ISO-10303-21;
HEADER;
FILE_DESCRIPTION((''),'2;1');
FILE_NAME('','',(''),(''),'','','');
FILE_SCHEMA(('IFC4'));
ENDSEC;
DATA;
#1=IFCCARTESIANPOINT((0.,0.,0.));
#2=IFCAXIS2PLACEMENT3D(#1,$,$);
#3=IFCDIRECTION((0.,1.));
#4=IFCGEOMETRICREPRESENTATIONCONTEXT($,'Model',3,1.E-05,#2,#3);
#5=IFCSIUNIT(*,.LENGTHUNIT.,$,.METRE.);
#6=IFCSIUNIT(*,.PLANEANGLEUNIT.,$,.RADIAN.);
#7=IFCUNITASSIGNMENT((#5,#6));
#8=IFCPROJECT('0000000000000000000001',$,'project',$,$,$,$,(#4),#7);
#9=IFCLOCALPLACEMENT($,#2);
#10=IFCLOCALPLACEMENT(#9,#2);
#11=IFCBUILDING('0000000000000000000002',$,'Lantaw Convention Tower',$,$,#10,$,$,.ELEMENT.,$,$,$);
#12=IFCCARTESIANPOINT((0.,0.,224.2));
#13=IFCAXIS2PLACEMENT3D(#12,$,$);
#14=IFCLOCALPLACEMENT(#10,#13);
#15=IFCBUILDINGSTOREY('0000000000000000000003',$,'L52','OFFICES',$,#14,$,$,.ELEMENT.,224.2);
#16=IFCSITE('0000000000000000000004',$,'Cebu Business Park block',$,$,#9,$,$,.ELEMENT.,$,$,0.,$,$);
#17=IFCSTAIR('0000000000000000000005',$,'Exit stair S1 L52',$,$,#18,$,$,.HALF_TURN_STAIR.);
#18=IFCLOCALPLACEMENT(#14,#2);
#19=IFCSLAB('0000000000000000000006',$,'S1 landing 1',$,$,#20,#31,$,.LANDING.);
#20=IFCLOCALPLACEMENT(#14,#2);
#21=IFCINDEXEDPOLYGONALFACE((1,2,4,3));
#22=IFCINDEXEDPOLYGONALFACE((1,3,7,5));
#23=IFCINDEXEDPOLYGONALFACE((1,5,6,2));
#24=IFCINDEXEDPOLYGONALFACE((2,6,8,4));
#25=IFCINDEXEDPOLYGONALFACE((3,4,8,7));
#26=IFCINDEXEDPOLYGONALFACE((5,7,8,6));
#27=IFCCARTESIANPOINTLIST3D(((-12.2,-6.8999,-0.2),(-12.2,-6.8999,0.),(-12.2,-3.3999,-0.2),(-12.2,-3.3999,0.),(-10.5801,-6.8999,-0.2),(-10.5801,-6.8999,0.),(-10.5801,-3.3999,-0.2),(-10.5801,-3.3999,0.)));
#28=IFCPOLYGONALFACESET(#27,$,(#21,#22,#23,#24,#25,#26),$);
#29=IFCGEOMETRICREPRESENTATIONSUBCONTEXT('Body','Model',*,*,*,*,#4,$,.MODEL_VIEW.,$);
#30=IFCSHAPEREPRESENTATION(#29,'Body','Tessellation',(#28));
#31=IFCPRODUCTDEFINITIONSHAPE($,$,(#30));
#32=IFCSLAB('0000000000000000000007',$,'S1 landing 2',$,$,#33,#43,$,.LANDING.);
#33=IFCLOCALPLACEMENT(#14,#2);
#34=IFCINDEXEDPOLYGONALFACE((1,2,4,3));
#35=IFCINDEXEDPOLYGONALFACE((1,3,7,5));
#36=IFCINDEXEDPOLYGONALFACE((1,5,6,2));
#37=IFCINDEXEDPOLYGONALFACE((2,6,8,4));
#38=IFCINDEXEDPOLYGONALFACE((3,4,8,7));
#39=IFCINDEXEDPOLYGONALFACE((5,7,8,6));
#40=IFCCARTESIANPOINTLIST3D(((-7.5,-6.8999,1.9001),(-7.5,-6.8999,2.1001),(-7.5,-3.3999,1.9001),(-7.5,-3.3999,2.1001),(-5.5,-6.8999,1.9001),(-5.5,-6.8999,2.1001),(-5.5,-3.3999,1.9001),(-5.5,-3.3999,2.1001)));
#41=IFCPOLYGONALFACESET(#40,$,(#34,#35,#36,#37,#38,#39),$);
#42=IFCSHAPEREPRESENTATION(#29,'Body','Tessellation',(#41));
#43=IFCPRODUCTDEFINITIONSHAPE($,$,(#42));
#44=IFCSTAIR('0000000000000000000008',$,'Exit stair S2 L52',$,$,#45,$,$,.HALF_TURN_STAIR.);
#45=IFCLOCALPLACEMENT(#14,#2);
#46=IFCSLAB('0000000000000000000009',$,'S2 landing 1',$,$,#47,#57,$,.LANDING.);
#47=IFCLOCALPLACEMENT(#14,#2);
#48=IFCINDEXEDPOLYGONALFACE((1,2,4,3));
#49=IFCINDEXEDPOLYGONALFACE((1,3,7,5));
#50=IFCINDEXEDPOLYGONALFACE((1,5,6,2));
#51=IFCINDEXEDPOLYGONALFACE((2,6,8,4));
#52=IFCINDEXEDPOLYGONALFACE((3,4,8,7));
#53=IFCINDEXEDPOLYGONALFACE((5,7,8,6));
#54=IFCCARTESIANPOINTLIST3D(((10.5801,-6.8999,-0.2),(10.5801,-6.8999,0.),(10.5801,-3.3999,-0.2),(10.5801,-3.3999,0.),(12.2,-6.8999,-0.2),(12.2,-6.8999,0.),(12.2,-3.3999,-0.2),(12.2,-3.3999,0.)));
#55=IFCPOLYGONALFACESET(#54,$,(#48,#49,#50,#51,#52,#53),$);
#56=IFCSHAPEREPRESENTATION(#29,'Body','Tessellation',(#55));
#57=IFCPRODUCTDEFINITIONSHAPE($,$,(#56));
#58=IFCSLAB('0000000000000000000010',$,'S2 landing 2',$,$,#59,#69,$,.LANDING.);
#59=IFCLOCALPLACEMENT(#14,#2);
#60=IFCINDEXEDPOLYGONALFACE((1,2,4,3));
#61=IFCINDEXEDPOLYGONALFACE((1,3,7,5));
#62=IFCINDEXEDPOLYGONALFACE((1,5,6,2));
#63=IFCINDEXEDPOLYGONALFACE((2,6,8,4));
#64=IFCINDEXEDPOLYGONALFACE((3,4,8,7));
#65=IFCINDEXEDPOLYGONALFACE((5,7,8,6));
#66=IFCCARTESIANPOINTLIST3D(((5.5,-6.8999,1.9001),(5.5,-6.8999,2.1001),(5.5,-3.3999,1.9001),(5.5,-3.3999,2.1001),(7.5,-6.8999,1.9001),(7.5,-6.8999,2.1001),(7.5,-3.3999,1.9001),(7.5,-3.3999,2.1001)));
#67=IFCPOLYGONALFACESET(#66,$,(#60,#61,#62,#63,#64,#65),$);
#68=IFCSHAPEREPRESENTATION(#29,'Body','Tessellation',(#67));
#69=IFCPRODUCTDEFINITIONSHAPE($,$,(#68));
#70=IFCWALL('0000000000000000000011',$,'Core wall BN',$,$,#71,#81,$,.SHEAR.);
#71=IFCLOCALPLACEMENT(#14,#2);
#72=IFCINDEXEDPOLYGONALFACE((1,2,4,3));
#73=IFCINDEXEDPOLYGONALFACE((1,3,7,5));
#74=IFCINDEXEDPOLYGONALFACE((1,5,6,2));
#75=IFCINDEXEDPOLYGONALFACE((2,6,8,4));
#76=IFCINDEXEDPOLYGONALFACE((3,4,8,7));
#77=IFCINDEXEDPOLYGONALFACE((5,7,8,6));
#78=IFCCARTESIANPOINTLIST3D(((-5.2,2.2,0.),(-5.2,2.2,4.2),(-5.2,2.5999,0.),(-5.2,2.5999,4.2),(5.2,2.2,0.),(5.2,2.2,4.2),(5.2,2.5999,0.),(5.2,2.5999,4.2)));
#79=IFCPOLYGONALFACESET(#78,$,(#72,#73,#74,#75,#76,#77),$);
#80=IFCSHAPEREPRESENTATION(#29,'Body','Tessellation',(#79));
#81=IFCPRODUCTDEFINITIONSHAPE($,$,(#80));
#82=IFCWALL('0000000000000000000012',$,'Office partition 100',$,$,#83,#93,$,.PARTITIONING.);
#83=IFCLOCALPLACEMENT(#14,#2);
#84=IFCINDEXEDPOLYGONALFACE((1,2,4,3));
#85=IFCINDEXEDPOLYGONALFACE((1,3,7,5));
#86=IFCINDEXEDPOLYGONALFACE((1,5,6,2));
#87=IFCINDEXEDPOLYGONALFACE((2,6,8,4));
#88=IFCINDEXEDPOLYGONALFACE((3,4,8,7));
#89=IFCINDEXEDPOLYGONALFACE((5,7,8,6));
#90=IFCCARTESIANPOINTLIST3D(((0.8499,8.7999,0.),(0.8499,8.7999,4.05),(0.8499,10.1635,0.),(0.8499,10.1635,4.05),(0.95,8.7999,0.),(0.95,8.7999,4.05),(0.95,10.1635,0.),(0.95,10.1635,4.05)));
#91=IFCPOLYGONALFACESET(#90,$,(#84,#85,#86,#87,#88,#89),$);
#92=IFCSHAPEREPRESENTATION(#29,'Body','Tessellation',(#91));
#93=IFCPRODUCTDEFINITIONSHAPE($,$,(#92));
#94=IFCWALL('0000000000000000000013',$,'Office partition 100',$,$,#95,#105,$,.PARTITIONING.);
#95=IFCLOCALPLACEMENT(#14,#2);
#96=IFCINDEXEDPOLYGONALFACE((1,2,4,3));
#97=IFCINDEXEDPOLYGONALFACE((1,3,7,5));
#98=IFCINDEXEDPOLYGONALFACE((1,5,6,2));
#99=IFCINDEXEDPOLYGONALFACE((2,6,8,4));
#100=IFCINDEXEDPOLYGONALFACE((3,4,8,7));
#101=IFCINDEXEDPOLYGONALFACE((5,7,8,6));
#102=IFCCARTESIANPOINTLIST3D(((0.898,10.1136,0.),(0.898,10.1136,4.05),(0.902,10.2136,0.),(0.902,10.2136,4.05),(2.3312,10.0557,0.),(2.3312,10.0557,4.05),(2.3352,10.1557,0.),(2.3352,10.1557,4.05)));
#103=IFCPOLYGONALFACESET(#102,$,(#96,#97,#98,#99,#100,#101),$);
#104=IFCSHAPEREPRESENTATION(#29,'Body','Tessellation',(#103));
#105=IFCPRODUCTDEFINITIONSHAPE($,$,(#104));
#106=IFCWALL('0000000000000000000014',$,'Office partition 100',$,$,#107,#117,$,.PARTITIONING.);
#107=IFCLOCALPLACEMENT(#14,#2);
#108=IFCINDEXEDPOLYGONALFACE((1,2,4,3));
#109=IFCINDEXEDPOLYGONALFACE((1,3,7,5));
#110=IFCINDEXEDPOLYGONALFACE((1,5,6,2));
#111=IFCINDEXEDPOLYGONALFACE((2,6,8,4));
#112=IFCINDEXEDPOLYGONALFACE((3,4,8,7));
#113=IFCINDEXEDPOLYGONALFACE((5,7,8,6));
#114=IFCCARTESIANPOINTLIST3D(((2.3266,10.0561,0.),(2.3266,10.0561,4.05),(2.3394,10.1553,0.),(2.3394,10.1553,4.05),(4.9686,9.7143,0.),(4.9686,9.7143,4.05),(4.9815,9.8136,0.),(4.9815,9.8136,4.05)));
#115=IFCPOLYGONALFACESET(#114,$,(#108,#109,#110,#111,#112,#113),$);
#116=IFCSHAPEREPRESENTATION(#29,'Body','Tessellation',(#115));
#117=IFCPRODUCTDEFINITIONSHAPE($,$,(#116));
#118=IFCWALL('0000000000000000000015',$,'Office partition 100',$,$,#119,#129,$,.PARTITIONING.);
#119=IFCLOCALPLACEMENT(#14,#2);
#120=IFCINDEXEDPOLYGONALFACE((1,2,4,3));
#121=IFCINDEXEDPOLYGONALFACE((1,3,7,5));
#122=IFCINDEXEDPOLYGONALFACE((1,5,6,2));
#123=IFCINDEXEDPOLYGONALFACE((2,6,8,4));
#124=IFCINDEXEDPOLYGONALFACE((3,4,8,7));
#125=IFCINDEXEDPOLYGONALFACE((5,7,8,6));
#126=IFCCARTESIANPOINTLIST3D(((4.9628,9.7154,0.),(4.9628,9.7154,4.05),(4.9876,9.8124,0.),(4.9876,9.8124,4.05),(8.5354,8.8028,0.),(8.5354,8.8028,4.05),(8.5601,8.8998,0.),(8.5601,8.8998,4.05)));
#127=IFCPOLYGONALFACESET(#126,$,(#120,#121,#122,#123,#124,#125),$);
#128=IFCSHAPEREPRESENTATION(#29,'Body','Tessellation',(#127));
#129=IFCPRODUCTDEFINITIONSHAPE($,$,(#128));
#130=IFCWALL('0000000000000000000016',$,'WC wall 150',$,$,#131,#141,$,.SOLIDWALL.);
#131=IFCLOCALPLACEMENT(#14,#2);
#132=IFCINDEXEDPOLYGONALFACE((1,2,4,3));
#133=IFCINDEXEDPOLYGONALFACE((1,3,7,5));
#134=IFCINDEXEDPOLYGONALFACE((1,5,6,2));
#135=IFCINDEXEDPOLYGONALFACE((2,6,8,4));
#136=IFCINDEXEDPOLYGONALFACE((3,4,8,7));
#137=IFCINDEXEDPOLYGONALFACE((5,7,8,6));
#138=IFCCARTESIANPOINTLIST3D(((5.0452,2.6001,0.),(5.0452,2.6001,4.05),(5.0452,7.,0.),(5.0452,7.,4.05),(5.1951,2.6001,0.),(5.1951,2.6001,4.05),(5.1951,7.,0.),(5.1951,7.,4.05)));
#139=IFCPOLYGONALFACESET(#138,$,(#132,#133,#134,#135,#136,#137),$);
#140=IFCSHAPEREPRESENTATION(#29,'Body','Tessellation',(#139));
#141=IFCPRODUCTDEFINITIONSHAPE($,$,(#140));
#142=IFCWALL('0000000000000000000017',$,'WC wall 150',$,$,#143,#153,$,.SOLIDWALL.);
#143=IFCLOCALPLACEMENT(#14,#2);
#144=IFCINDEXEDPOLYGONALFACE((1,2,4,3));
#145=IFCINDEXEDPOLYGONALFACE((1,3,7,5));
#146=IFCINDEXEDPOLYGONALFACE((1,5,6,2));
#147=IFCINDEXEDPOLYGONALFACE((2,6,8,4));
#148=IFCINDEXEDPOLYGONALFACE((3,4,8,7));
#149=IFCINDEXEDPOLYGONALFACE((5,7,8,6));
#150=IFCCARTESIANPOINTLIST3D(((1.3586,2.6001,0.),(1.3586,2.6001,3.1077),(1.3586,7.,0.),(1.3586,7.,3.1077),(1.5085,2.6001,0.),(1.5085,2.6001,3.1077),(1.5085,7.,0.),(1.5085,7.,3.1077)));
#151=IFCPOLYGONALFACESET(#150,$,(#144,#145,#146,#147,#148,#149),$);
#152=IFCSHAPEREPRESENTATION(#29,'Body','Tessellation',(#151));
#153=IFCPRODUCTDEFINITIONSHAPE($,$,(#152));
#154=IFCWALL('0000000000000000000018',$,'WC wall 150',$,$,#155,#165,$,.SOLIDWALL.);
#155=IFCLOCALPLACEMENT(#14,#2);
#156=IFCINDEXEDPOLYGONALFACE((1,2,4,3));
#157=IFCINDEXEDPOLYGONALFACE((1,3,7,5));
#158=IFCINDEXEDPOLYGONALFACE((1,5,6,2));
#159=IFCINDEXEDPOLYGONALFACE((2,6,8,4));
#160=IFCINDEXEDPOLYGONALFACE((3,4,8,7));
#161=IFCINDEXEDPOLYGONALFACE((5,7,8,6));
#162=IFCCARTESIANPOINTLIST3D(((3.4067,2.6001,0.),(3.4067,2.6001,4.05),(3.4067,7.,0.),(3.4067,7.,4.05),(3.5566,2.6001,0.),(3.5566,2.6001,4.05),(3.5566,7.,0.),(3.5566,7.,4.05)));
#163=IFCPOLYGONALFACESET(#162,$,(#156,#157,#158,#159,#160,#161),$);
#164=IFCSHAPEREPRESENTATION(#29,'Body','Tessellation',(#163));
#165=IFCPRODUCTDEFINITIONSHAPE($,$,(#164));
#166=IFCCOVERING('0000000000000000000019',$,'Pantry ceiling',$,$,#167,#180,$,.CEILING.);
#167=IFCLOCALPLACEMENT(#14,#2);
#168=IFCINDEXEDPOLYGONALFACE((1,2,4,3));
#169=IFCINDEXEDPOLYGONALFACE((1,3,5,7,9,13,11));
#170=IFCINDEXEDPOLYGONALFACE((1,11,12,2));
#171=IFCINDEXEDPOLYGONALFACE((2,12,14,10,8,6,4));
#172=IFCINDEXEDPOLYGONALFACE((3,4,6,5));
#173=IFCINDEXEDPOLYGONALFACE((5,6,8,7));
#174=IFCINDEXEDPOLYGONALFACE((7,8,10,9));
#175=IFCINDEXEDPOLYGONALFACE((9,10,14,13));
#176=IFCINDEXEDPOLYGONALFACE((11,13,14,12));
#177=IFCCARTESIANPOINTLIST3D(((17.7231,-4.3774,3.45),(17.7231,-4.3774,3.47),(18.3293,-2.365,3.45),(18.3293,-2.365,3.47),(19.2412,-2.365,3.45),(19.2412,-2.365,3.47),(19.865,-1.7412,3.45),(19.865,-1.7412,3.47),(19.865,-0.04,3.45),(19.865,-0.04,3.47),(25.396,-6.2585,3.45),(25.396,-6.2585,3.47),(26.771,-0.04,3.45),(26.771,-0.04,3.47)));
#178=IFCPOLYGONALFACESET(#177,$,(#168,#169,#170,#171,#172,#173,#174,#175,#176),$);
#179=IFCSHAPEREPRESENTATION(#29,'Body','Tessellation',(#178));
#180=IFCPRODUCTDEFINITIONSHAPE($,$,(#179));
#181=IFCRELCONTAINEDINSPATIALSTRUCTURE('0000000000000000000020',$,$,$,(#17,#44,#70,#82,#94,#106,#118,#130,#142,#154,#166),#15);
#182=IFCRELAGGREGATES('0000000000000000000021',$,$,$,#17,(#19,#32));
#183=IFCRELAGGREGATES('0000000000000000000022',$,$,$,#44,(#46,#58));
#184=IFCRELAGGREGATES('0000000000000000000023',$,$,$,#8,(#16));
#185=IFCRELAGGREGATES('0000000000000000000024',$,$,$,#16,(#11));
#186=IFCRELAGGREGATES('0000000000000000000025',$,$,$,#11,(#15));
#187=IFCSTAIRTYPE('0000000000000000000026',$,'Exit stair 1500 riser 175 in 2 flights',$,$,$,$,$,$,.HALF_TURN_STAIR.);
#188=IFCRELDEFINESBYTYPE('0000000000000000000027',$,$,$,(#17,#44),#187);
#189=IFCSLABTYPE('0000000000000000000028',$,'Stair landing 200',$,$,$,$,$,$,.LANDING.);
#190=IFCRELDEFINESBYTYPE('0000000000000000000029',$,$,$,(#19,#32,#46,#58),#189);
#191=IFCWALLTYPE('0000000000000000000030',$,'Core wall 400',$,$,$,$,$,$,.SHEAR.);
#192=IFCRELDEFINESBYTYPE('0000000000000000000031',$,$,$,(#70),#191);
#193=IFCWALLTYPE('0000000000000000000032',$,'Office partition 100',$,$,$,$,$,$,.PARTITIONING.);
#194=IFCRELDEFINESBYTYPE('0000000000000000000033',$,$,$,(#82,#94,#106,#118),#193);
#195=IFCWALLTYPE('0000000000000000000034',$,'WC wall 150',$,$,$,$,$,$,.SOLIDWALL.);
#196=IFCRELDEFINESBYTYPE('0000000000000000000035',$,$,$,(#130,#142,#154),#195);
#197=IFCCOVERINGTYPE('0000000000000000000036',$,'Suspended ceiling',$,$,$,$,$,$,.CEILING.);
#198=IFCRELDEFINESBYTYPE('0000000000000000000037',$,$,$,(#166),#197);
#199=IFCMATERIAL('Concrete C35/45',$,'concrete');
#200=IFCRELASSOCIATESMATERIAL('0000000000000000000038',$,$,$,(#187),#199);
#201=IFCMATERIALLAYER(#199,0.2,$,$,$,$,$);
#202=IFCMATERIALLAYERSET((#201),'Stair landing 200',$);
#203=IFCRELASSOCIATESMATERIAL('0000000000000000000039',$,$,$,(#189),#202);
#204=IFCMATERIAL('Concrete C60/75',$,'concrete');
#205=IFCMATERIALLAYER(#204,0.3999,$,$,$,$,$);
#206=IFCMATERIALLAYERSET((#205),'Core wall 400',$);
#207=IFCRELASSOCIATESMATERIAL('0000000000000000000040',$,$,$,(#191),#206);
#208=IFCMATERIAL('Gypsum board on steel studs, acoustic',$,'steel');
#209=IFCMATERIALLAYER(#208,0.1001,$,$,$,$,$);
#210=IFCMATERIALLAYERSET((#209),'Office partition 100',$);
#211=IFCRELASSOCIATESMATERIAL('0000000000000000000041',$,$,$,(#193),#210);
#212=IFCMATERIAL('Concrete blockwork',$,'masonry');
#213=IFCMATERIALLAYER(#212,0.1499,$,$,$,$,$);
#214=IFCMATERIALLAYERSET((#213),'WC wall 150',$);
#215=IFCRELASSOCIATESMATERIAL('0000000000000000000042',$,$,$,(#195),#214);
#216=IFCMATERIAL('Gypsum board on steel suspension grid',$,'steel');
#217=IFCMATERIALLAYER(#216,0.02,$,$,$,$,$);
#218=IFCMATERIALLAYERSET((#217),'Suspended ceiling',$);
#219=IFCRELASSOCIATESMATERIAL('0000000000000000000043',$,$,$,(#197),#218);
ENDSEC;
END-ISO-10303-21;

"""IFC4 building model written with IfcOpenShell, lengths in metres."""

from ifc_helpers import new_model, si_unit, direction, frame, frame_2d, origin, place, context, subcontext, project, spatial, polyline, rectangle, outline, extrude, material, layer, layer_set, type_object, element, aggregate, save


model = new_model("IFC4")

# Units and contexts
model_context = context("Model", 3, precision=1e-05, world=origin(), true_north=direction((0.0, 1.0)))
body_context = subcontext(model_context, "Body", "Model", "MODEL_VIEW")
ifc_project = project(units=[si_unit("LENGTHUNIT", "METRE"), si_unit("PLANEANGLEUNIT", "RADIAN")], contexts=[model_context])

# Site, building, storey
site_placement = place(None, origin())
site = spatial("IfcSite", under=ifc_project, at=site_placement, Name="Cebu Business Park block", CompositionType="ELEMENT", RefElevation=0.0)
building_placement = place(site_placement, origin())
building = spatial("IfcBuilding", under=site, at=building_placement, Name="Lantaw Convention Tower", CompositionType="ELEMENT")
storey_placement = place(building_placement, frame((0.0, 0.0, 224.2)))
storey = spatial("IfcBuildingStorey", under=building, at=storey_placement, Name="L52", Description="OFFICES", CompositionType="ELEMENT", Elevation=224.2)

# Stairs, slabs
ifc_material_1 = material(Name="Concrete C35/45", Category="concrete")
stair_type = type_object("IfcStairType", Name="Exit stair 1500 riser 175 in 2 flights", PredefinedType="HALF_TURN_STAIR", material=ifc_material_1)
stair_1_placement = place(storey_placement, origin())
stair_1 = element("IfcStair", 1, at=stair_1_placement, inside=storey, type_object=stair_type, Name="Exit stair S1 L52", PredefinedType="HALF_TURN_STAIR")
ifc_layer_1 = layer(ifc_material_1, 0.2)
ifc_layer_set_1 = layer_set([ifc_layer_1], Name="Stair landing 200")
slab_type = type_object("IfcSlabType", Name="Stair landing 200", PredefinedType="LANDING", material=ifc_layer_set_1)
slab_1_placement = place(storey_placement, frame((0.0, 0.0, -0.2)))
slab_1 = element("IfcSlab", 2, at=slab_1_placement, type_object=slab_type, Name="S1 landing 1", PredefinedType="LANDING", context=body_context, shape_type="SweptSolid", body=[
    extrude(outline(polyline([(-12.2, -6.8999), (-10.5801, -6.8999), (-10.5801, -3.3999), (-12.2, -3.3999), (-12.2, -6.8999)])), origin(), (0.0, 0.0, 1.0), 0.2),
])
slab_2_placement = place(storey_placement, frame((0.0, 0.0, 1.9001)))
slab_2 = element("IfcSlab", 3, at=slab_2_placement, type_object=slab_type, Name="S1 landing 2", PredefinedType="LANDING", context=body_context, shape_type="SweptSolid", body=[
    extrude(outline(polyline([(-7.5, -6.8999), (-5.5, -6.8999), (-5.5, -3.3999), (-7.5, -3.3999), (-7.5, -6.8999)])), origin(), (0.0, 0.0, 1.0), 0.2),
])
aggregate(stair_1, [slab_1, slab_2])
stair_2_placement = place(storey_placement, origin())
stair_2 = element("IfcStair", 4, at=stair_2_placement, inside=storey, type_object=stair_type, Name="Exit stair S2 L52", PredefinedType="HALF_TURN_STAIR")
slab_3_placement = place(storey_placement, frame((0.0, 0.0, -0.2)))
slab_3 = element("IfcSlab", 5, at=slab_3_placement, type_object=slab_type, Name="S2 landing 1", PredefinedType="LANDING", context=body_context, shape_type="SweptSolid", body=[
    extrude(outline(polyline([(10.5801, -6.8999), (12.2, -6.8999), (12.2, -3.3999), (10.5801, -3.3999), (10.5801, -6.8999)])), origin(), (0.0, 0.0, 1.0), 0.2),
])
slab_4_placement = place(storey_placement, frame((0.0, 0.0, 1.9001)))
slab_4 = element("IfcSlab", 6, at=slab_4_placement, type_object=slab_type, Name="S2 landing 2", PredefinedType="LANDING", context=body_context, shape_type="SweptSolid", body=[
    extrude(outline(polyline([(5.5, -6.8999), (7.5, -6.8999), (7.5, -3.3999), (5.5, -3.3999), (5.5, -6.8999)])), origin(), (0.0, 0.0, 1.0), 0.2),
])
aggregate(stair_2, [slab_3, slab_4])

# Walls
ifc_material_2 = material(Name="Concrete C60/75", Category="concrete")
ifc_layer_2 = layer(ifc_material_2, 0.3999)
ifc_layer_set_2 = layer_set([ifc_layer_2], Name="Core wall 400")
wall_type_1 = type_object("IfcWallType", Name="Core wall 400", PredefinedType="SHEAR", material=ifc_layer_set_2)
wall_1_placement = place(storey_placement, frame((5.2, 2.3999, 0.0), z_axis=(0.0, 0.0, 1.0), x_axis=(-1.0, 0.0, 0.0)))
element("IfcWall", 7, at=wall_1_placement, inside=storey, type_object=wall_type_1, Name="Core wall BN", PredefinedType="SHEAR", context=body_context, shape_type="SweptSolid", body=[
    extrude(rectangle(XDim=10.3999, YDim=0.3999, at=frame_2d((5.2, 0.0))), origin(), (0.0, 0.0, 1.0), 4.2),
])
ifc_material_3 = material(Name="Gypsum board on steel studs, acoustic", Category="steel")
ifc_layer_3 = layer(ifc_material_3, 0.1001)
ifc_layer_set_3 = layer_set([ifc_layer_3], Name="Office partition 100")
wall_type_2 = type_object("IfcWallType", Name="Office partition 100", PredefinedType="PARTITIONING", material=ifc_layer_set_3)
wall_2_placement = place(storey_placement, frame((0.8999, 8.8, 0.0), z_axis=(0.0, 0.0, 1.0), x_axis=(0.0, 1.0, 0.0)))
element("IfcWall", 8, at=wall_2_placement, inside=storey, type_object=wall_type_2, Name="Office partition 100", PredefinedType="PARTITIONING", context=body_context, shape_type="SweptSolid", body=[
    extrude(rectangle(XDim=1.3635, YDim=0.1001, at=frame_2d((0.6816, 0.0))), origin(), (0.0, 0.0, 1.0), 4.05),
])
wall_3_placement = place(storey_placement, frame((0.8999, 10.1636, 0.0), z_axis=(0.0, 0.0, 1.0), x_axis=(0.999186, -0.040342, 0.0)))
element("IfcWall", 9, at=wall_3_placement, inside=storey, type_object=wall_type_2, Name="Office partition 100", PredefinedType="PARTITIONING", context=body_context, shape_type="SweptSolid", body=[
    extrude(rectangle(XDim=1.4343, YDim=0.1001, at=frame_2d((0.7173, 0.0))), origin(), (0.0, 0.0, 1.0), 4.05),
])
wall_4_placement = place(storey_placement, frame((2.333, 10.1057, 0.0), z_axis=(0.0, 0.0, 1.0), x_axis=(0.991736, -0.128297, 0.0)))
element("IfcWall", 10, at=wall_4_placement, inside=storey, type_object=wall_type_2, Name="Office partition 100", PredefinedType="PARTITIONING", context=body_context, shape_type="SweptSolid", body=[
    extrude(rectangle(XDim=2.6641, YDim=0.1001, at=frame_2d((1.332, 0.0))), origin(), (0.0, 0.0, 1.0), 4.05),
])
wall_5_placement = place(storey_placement, frame((4.9751, 9.7639, 0.0), z_axis=(0.0, 0.0, 1.0), x_axis=(0.968887, -0.247502, 0.0)))
element("IfcWall", 11, at=wall_5_placement, inside=storey, type_object=wall_type_2, Name="Office partition 100", PredefinedType="PARTITIONING", context=body_context, shape_type="SweptSolid", body=[
    extrude(rectangle(XDim=3.6873, YDim=0.1001, at=frame_2d((1.8438, 0.0))), origin(), (0.0, 0.0, 1.0), 4.05),
])
ifc_material_4 = material(Name="Concrete blockwork", Category="masonry")
ifc_layer_4 = layer(ifc_material_4, 0.1499)
ifc_layer_set_4 = layer_set([ifc_layer_4], Name="WC wall 150")
wall_type_3 = type_object("IfcWallType", Name="WC wall 150", PredefinedType="SOLIDWALL", material=ifc_layer_set_4)
wall_6_placement = place(storey_placement, frame((5.1201, 2.6001, 0.0), z_axis=(0.0, 0.0, 1.0), x_axis=(0.0, 1.0, 0.0)))
element("IfcWall", 12, at=wall_6_placement, inside=storey, type_object=wall_type_3, Name="WC wall 150", PredefinedType="SOLIDWALL", context=body_context, shape_type="SweptSolid", body=[
    extrude(rectangle(XDim=4.3999, YDim=0.1499, at=frame_2d((2.2, 0.0))), origin(), (0.0, 0.0, 1.0), 4.05),
])
wall_7_placement = place(storey_placement, frame((1.4336, 2.6001, 0.0), z_axis=(0.0, 0.0, 1.0), x_axis=(0.0, 1.0, 0.0)))
element("IfcWall", 13, at=wall_7_placement, inside=storey, type_object=wall_type_3, Name="WC wall 150", PredefinedType="SOLIDWALL", context=body_context, shape_type="SweptSolid", body=[
    extrude(rectangle(XDim=4.3999, YDim=0.1499, at=frame_2d((2.2, 0.0))), origin(), (0.0, 0.0, 1.0), 3.1077),
])
wall_8_placement = place(storey_placement, frame((3.4817, 2.6001, 0.0), z_axis=(0.0, 0.0, 1.0), x_axis=(0.0, 1.0, 0.0)))
element("IfcWall", 14, at=wall_8_placement, inside=storey, type_object=wall_type_3, Name="WC wall 150", PredefinedType="SOLIDWALL", context=body_context, shape_type="SweptSolid", body=[
    extrude(rectangle(XDim=4.3999, YDim=0.1499, at=frame_2d((2.2, 0.0))), origin(), (0.0, 0.0, 1.0), 4.05),
])

# Covering
ifc_material_5 = material(Name="Gypsum board on steel suspension grid", Category="steel")
ifc_layer_5 = layer(ifc_material_5, 0.02)
ifc_layer_set_5 = layer_set([ifc_layer_5], Name="Suspended ceiling")
covering_type = type_object("IfcCoveringType", Name="Suspended ceiling", PredefinedType="CEILING", material=ifc_layer_set_5)
covering_placement = place(storey_placement, frame((0.0, 0.0, 3.45)))
element("IfcCovering", 15, at=covering_placement, inside=storey, type_object=covering_type, Name="Pantry ceiling", PredefinedType="CEILING", context=body_context, shape_type="SweptSolid", body=[
    extrude(outline(polyline([(18.3293, -2.365), (17.7231, -4.3774), (25.396, -6.2585), (26.771, -0.04), (19.865, -0.04), (19.865, -1.7412), (19.2412, -2.365), (18.3293, -2.365)])), origin(), (0.0, 0.0, 1.0), 0.02),
])

save(model, "model.ifc")
